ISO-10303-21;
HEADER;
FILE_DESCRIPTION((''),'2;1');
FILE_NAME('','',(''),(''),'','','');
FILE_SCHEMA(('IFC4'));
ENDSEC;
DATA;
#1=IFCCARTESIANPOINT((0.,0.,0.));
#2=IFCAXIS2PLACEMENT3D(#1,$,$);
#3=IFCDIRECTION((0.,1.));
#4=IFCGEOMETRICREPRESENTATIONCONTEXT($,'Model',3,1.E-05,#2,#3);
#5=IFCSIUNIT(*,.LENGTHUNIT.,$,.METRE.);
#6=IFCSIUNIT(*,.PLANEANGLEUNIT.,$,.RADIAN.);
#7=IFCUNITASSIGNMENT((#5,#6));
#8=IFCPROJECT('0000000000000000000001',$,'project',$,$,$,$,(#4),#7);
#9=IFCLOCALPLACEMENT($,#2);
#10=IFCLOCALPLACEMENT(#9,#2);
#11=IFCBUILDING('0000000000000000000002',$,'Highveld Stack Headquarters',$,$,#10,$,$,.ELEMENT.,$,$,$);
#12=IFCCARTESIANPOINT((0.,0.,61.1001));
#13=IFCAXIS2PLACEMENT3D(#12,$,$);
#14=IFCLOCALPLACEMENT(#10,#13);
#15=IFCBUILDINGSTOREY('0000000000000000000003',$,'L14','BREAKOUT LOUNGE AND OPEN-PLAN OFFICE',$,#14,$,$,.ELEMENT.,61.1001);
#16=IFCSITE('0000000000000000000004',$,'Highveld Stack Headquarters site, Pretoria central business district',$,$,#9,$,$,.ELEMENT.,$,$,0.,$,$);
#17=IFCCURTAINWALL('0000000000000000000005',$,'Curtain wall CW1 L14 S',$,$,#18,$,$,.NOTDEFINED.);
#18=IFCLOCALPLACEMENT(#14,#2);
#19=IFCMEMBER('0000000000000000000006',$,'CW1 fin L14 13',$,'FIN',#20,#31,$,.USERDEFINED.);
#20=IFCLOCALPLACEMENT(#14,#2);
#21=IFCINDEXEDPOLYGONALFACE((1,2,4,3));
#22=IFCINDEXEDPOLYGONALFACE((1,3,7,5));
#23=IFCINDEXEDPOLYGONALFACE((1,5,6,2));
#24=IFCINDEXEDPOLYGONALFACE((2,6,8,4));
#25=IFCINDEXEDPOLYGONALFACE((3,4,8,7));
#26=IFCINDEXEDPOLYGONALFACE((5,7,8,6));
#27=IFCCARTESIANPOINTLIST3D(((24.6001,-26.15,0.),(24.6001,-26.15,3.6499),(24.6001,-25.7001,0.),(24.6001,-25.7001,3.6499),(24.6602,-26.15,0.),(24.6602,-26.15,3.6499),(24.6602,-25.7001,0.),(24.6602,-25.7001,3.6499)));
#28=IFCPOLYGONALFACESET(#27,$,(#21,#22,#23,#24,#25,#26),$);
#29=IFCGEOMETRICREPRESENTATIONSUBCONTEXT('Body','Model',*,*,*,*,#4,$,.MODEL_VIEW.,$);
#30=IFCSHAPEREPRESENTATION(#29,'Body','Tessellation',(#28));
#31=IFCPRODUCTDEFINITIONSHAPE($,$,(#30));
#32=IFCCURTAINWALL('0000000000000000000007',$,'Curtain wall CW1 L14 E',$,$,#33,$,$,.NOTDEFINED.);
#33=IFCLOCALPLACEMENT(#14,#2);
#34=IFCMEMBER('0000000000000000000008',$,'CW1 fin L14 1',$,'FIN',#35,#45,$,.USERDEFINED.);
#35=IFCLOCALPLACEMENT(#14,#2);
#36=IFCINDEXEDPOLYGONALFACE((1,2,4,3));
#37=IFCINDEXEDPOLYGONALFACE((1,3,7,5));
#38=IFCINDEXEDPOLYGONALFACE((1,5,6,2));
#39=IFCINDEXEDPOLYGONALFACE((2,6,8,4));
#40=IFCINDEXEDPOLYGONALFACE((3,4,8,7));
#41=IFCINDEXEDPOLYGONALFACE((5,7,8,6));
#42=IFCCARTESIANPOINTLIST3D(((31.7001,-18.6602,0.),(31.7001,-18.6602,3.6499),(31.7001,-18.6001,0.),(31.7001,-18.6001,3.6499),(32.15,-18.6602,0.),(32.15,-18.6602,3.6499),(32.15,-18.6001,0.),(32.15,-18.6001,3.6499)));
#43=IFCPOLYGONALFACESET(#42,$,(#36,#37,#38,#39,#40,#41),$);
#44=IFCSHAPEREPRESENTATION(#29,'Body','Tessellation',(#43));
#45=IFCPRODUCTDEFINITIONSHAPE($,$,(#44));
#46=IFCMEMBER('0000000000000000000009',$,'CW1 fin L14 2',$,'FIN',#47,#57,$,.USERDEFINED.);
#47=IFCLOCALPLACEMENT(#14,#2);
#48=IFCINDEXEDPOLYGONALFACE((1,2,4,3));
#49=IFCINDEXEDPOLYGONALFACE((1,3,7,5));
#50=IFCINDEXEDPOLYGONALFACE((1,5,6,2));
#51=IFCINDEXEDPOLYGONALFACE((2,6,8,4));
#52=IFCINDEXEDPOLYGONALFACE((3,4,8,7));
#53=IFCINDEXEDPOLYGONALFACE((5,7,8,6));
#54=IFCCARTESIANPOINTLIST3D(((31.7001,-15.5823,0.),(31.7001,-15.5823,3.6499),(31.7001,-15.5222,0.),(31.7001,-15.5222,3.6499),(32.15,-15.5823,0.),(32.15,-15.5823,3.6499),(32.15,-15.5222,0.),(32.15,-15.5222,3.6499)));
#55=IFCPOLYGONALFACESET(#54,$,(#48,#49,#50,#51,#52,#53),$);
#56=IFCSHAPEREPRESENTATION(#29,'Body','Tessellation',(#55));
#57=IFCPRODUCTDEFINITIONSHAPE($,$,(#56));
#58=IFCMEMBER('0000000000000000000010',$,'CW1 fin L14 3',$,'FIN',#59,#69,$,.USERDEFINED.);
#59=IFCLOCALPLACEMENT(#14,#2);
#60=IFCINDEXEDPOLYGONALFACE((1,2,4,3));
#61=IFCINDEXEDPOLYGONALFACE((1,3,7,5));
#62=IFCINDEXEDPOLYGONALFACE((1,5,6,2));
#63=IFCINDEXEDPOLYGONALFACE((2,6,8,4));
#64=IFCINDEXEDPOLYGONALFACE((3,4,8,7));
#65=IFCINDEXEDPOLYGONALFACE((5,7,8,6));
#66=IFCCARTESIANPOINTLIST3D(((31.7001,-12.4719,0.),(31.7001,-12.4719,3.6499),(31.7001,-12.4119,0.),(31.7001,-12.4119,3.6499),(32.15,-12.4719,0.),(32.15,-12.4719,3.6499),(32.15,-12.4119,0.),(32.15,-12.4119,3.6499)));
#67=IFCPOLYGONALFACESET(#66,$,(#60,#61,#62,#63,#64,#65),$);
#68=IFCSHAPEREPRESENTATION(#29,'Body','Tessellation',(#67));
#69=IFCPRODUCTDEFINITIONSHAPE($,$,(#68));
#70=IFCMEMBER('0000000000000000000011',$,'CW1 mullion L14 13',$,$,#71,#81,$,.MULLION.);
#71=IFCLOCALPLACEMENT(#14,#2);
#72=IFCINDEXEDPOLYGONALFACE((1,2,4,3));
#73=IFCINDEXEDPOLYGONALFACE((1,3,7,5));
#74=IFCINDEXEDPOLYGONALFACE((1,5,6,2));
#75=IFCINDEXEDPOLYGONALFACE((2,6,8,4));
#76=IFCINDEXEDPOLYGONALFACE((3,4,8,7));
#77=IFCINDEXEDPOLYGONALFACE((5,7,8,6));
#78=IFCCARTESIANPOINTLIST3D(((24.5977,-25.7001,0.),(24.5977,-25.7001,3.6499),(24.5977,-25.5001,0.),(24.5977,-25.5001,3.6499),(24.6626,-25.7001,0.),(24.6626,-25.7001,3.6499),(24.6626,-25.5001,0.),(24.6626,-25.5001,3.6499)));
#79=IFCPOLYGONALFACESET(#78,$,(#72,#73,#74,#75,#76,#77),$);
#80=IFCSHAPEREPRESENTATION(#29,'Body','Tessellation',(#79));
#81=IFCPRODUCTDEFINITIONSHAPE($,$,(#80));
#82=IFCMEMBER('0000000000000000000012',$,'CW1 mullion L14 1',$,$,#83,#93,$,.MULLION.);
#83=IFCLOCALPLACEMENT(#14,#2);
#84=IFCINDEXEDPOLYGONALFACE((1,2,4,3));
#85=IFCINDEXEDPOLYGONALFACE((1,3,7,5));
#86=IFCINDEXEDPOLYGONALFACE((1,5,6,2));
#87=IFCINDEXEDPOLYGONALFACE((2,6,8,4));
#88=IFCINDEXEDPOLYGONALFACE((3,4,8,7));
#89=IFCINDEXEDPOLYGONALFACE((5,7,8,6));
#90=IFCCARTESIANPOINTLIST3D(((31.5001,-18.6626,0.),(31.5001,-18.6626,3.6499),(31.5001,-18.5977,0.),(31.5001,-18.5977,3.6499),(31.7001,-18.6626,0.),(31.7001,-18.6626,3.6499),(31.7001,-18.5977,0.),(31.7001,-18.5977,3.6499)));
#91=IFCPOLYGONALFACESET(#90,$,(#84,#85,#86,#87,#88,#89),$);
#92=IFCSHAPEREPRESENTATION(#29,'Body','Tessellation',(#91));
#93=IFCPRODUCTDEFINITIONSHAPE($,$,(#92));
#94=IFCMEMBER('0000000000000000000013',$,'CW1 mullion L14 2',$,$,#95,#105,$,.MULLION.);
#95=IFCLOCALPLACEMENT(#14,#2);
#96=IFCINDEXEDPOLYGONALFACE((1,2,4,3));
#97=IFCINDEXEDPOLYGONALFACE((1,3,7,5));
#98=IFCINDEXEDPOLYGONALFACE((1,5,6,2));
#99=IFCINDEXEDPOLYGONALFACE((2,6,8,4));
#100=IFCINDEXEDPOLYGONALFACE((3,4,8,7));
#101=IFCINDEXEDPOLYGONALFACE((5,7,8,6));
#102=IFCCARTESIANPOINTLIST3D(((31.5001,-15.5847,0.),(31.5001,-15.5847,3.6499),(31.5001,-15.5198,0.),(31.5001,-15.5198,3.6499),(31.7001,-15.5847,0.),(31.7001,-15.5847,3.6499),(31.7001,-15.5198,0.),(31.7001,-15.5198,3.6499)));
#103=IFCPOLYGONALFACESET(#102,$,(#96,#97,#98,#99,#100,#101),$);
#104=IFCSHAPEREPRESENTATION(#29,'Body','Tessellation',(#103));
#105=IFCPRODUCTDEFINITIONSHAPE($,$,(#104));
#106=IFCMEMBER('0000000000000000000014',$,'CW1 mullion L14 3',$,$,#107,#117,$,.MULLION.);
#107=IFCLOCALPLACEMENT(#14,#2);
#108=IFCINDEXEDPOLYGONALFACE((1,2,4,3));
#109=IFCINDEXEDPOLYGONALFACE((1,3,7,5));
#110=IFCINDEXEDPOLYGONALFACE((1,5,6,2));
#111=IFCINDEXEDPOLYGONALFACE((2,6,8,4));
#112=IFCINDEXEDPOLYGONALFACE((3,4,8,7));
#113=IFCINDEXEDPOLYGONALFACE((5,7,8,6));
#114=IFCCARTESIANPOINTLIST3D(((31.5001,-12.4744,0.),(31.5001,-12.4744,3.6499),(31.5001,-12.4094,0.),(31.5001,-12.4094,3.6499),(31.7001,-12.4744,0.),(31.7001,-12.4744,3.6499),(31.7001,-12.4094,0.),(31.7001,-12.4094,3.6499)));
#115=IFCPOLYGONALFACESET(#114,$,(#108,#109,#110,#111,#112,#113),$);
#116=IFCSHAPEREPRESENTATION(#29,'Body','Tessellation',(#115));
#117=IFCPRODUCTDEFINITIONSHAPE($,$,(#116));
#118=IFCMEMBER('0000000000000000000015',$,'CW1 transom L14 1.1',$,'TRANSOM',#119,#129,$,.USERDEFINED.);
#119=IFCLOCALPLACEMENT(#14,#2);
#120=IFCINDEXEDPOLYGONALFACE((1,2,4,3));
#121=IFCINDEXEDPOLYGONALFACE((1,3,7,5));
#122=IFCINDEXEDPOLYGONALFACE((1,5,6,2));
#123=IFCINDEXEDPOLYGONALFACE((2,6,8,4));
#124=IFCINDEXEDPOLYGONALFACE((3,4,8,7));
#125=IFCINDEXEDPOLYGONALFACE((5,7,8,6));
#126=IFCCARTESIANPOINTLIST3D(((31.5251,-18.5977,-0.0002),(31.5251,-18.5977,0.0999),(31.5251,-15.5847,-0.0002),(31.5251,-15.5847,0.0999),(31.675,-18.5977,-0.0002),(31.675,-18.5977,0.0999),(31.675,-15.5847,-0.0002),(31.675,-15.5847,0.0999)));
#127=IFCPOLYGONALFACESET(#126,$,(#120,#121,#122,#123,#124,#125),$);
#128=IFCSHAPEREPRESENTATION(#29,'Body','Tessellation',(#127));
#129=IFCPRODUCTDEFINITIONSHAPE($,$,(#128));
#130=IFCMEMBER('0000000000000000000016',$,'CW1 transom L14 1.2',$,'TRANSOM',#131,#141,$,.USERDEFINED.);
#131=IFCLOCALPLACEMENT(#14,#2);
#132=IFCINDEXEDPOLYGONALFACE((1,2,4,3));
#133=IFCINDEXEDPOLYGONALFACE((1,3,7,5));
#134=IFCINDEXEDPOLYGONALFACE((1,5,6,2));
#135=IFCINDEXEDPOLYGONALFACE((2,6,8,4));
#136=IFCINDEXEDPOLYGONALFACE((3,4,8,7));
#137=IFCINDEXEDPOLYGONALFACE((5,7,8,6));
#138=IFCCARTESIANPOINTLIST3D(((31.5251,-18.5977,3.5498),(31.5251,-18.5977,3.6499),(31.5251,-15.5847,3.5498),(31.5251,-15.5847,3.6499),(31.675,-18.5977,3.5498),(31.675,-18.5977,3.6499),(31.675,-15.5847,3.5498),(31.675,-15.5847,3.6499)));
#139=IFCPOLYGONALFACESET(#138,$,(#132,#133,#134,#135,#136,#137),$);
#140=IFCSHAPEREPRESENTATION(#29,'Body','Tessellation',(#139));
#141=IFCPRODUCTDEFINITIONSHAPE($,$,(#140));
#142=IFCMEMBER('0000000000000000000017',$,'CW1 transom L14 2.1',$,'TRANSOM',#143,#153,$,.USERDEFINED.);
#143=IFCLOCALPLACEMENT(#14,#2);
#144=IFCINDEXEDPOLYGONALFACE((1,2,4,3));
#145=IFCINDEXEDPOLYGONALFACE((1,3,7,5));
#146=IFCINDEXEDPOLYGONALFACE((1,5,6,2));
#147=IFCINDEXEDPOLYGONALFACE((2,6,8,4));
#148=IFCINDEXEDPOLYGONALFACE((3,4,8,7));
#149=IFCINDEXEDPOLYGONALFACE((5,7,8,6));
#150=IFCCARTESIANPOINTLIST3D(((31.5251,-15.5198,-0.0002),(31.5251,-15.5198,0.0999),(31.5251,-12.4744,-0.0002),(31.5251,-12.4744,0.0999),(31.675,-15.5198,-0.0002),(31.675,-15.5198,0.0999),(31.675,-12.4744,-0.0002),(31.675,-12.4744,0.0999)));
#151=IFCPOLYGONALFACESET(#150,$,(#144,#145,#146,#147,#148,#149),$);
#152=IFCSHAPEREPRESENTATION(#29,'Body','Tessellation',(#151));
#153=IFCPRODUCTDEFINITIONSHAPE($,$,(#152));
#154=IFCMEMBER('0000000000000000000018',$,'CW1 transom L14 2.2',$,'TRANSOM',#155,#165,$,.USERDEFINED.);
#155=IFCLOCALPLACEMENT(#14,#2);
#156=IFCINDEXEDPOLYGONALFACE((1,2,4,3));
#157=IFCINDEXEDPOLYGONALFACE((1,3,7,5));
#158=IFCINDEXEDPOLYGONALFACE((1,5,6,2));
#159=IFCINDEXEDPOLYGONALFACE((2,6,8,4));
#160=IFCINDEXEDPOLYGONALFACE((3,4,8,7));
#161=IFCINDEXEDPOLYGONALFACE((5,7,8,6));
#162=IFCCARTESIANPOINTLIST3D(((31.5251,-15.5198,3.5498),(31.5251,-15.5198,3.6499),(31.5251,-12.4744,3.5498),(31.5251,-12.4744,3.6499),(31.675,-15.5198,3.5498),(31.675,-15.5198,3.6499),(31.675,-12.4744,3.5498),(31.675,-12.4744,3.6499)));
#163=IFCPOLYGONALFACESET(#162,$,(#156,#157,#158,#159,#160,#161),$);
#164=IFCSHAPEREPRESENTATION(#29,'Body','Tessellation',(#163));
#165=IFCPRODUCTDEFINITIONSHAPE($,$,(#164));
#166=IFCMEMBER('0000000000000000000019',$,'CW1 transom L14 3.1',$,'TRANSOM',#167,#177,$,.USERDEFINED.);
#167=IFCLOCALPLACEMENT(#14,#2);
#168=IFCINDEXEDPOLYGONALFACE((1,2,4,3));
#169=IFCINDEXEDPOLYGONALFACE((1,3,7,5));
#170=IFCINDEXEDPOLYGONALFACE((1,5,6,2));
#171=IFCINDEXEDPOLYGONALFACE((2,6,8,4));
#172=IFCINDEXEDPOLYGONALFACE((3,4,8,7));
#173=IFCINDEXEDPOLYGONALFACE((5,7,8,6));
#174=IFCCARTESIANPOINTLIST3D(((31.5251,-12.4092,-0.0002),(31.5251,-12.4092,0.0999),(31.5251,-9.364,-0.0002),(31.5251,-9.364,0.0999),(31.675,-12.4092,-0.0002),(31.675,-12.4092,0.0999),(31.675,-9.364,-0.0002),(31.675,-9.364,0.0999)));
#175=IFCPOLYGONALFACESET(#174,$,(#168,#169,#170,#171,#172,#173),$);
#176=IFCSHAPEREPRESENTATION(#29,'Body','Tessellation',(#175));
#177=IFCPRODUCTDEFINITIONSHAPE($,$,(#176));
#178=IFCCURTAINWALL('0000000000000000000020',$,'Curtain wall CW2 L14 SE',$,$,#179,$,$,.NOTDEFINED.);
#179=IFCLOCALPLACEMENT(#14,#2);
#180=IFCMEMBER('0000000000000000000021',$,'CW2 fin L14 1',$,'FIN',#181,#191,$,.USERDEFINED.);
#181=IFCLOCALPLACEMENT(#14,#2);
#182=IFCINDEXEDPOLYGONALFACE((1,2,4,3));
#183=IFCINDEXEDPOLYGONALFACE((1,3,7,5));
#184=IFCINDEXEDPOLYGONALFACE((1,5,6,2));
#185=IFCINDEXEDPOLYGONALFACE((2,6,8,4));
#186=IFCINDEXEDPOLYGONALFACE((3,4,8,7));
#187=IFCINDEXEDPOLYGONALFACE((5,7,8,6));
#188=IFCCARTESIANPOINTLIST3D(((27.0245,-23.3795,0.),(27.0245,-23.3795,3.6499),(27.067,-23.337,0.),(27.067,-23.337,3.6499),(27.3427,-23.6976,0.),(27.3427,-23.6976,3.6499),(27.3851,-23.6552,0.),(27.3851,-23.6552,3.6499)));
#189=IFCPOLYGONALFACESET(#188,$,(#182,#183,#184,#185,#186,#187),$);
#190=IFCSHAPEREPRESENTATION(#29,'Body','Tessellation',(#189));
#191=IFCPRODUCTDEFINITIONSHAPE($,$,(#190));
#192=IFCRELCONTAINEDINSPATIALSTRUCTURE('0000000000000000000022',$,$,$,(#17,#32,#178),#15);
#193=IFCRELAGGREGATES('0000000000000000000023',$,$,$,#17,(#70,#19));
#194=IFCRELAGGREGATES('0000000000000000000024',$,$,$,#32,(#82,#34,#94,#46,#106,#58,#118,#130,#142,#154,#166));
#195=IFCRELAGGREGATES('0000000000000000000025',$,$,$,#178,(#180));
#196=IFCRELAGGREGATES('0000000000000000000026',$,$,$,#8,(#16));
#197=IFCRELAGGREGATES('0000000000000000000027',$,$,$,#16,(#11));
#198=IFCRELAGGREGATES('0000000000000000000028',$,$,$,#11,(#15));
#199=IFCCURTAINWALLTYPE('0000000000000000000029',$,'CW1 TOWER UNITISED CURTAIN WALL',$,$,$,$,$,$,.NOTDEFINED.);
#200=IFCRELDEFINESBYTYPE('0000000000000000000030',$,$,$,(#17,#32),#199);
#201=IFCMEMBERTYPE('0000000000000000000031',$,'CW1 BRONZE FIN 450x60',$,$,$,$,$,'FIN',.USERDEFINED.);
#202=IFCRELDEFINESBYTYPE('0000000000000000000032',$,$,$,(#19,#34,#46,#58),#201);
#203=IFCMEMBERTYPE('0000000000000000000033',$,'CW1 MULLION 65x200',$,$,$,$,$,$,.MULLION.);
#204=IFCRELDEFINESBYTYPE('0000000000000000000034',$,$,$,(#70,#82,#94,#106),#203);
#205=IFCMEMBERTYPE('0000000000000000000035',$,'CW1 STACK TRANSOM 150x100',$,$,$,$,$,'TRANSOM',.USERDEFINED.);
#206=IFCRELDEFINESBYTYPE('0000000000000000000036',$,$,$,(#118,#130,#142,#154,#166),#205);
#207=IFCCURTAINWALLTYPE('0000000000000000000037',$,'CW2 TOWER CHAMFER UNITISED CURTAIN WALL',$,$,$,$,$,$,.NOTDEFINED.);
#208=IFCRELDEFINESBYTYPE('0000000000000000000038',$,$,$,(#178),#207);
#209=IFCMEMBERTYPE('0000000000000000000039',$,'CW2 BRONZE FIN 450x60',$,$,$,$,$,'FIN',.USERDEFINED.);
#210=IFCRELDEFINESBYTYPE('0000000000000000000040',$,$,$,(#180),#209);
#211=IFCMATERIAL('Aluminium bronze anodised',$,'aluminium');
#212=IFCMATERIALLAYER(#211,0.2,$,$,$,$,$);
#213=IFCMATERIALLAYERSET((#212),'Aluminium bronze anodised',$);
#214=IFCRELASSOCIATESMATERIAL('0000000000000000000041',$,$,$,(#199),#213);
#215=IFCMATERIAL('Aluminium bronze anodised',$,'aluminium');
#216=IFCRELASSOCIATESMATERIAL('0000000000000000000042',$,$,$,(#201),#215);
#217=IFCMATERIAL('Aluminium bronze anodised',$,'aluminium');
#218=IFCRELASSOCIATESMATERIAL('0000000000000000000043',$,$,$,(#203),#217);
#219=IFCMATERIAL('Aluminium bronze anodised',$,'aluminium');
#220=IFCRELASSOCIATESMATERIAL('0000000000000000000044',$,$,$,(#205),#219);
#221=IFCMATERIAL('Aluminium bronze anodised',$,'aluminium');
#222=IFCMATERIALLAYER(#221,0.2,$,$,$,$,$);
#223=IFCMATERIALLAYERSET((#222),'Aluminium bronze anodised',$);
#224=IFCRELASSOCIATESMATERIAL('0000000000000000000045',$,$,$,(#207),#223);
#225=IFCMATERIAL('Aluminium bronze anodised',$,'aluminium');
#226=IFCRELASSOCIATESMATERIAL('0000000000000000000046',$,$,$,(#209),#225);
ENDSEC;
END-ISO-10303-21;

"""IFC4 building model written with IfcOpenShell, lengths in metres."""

from ifc_helpers import new_model, si_unit, direction, frame, origin, origin_2d, place, context, subcontext, project, spatial, rectangle, extrude, material, layer, layer_set, material_profile, profile_set, type_object, element, aggregate, save


model = new_model("IFC4")

# Units and contexts
model_context = context("Model", 3, precision=1e-05, world=origin(), true_north=direction((0.0, 1.0)))
body_context = subcontext(model_context, "Body", "Model", "MODEL_VIEW")
ifc_project = project(units=[si_unit("LENGTHUNIT", "METRE"), si_unit("PLANEANGLEUNIT", "RADIAN")], contexts=[model_context])

# Site, building, storey
site_placement = place(None, origin())
site = spatial("IfcSite", under=ifc_project, at=site_placement, Name="Highveld Stack Headquarters site, Pretoria central business district", CompositionType="ELEMENT", RefElevation=0.0)
building_placement = place(site_placement, origin())
building = spatial("IfcBuilding", under=site, at=building_placement, Name="Highveld Stack Headquarters", CompositionType="ELEMENT")
storey_placement = place(building_placement, frame((0.0, 0.0, 61.1001)))
storey = spatial("IfcBuildingStorey", under=building, at=storey_placement, Name="L14", Description="BREAKOUT LOUNGE AND OPEN-PLAN OFFICE", CompositionType="ELEMENT", Elevation=61.1001)

# Curtain wall, member
ifc_material_1 = material(Name="Aluminium bronze anodised", Category="aluminium")
ifc_layer_1 = layer(ifc_material_1, 0.2)
ifc_layer_set_1 = layer_set([ifc_layer_1], Name="Aluminium bronze anodised")
curtain_wall_type_1 = type_object("IfcCurtainWallType", Name="CW1 TOWER UNITISED CURTAIN WALL", PredefinedType="NOTDEFINED", material=ifc_layer_set_1)
curtain_wall_1_placement = place(storey_placement, origin())
curtain_wall_1 = element("IfcCurtainWall", 1, at=curtain_wall_1_placement, inside=storey, type_object=curtain_wall_type_1, Name="Curtain wall CW1 L14 S", PredefinedType="NOTDEFINED")
ifc_material_2 = material(Name="Aluminium bronze anodised", Category="aluminium")
ifc_material_profile_1 = material_profile(ifc_material_2, rectangle(XDim=0.45, YDim=0.0601, at=origin_2d()), Name="FIN 450x60")
ifc_profile_set_1 = profile_set([ifc_material_profile_1], Name="Aluminium bronze anodised")
member_type_1 = type_object("IfcMemberType", Name="CW1 BRONZE FIN 450x60", ElementType="FIN", PredefinedType="USERDEFINED", material=ifc_profile_set_1)
member_1_placement = place(storey_placement, frame((24.6301, -25.925, 0.0), z_axis=(0.0, 0.0, 1.0), x_axis=(0.0, 1.0, 0.0)))
member_1 = element("IfcMember", 2, at=member_1_placement, type_object=member_type_1, Name="CW1 fin L14 13", ObjectType="FIN", PredefinedType="USERDEFINED", context=body_context, shape_type="SweptSolid", body=[
    extrude(rectangle(XDim=0.45, YDim=0.0601, at=origin_2d()), origin(), (0.0, 0.0, 1.0), 3.6499),
])

# Curtain wall, members
curtain_wall_2_placement = place(storey_placement, origin())
curtain_wall_2 = element("IfcCurtainWall", 3, at=curtain_wall_2_placement, inside=storey, type_object=curtain_wall_type_1, Name="Curtain wall CW1 L14 E", PredefinedType="NOTDEFINED")
member_2_placement = place(storey_placement, frame((31.925, -18.6301, 0.0), z_axis=(0.0, 0.0, 1.0), x_axis=(-1.0, 0.0, 0.0)))
member_2 = element("IfcMember", 4, at=member_2_placement, type_object=member_type_1, Name="CW1 fin L14 1", ObjectType="FIN", PredefinedType="USERDEFINED", context=body_context, shape_type="SweptSolid", body=[
    extrude(rectangle(XDim=0.45, YDim=0.0601, at=origin_2d()), origin(), (0.0, 0.0, 1.0), 3.6499),
])
member_3_placement = place(storey_placement, frame((31.925, -15.5522, 0.0), z_axis=(0.0, 0.0, 1.0), x_axis=(-1.0, 0.0, 0.0)))
member_3 = element("IfcMember", 5, at=member_3_placement, type_object=member_type_1, Name="CW1 fin L14 2", ObjectType="FIN", PredefinedType="USERDEFINED", context=body_context, shape_type="SweptSolid", body=[
    extrude(rectangle(XDim=0.45, YDim=0.0601, at=origin_2d()), origin(), (0.0, 0.0, 1.0), 3.6499),
])
member_4_placement = place(storey_placement, frame((31.925, -12.4419, 0.0), z_axis=(0.0, 0.0, 1.0), x_axis=(-1.0, 0.0, 0.0)))
member_4 = element("IfcMember", 6, at=member_4_placement, type_object=member_type_1, Name="CW1 fin L14 3", ObjectType="FIN", PredefinedType="USERDEFINED", context=body_context, shape_type="SweptSolid", body=[
    extrude(rectangle(XDim=0.45, YDim=0.0601, at=origin_2d()), origin(), (0.0, 0.0, 1.0), 3.6499),
])

# Members
ifc_material_3 = material(Name="Aluminium bronze anodised", Category="aluminium")
ifc_material_profile_2 = material_profile(ifc_material_3, rectangle(XDim=0.2, YDim=0.0649, at=origin_2d()), Name="CW1 MULLION 65x200")
ifc_profile_set_2 = profile_set([ifc_material_profile_2], Name="Aluminium bronze anodised")
member_type_2 = type_object("IfcMemberType", Name="CW1 MULLION 65x200", PredefinedType="MULLION", material=ifc_profile_set_2)
member_5_placement = place(storey_placement, frame((24.6301, -25.6001, 0.0), z_axis=(0.0, 0.0, 1.0), x_axis=(0.0, 1.0, 0.0)))
member_5 = element("IfcMember", 7, at=member_5_placement, type_object=member_type_2, Name="CW1 mullion L14 13", PredefinedType="MULLION", context=body_context, shape_type="SweptSolid", body=[
    extrude(rectangle(XDim=0.2, YDim=0.0649, at=origin_2d()), origin(), (0.0, 0.0, 1.0), 3.6499),
])
aggregate(curtain_wall_1, [member_5, member_1])
member_6_placement = place(storey_placement, frame((31.6001, -18.6301, 0.0), z_axis=(0.0, 0.0, 1.0), x_axis=(-1.0, 0.0, 0.0)))
member_6 = element("IfcMember", 8, at=member_6_placement, type_object=member_type_2, Name="CW1 mullion L14 1", PredefinedType="MULLION", context=body_context, shape_type="SweptSolid", body=[
    extrude(rectangle(XDim=0.2, YDim=0.0649, at=origin_2d()), origin(), (0.0, 0.0, 1.0), 3.6499),
])
member_7_placement = place(storey_placement, frame((31.6001, -15.5522, 0.0), z_axis=(0.0, 0.0, 1.0), x_axis=(-1.0, 0.0, 0.0)))
member_7 = element("IfcMember", 9, at=member_7_placement, type_object=member_type_2, Name="CW1 mullion L14 2", PredefinedType="MULLION", context=body_context, shape_type="SweptSolid", body=[
    extrude(rectangle(XDim=0.2, YDim=0.0649, at=origin_2d()), origin(), (0.0, 0.0, 1.0), 3.6499),
])
member_8_placement = place(storey_placement, frame((31.6001, -12.4419, 0.0), z_axis=(0.0, 0.0, 1.0), x_axis=(-1.0, 0.0, 0.0)))
member_8 = element("IfcMember", 10, at=member_8_placement, type_object=member_type_2, Name="CW1 mullion L14 3", PredefinedType="MULLION", context=body_context, shape_type="SweptSolid", body=[
    extrude(rectangle(XDim=0.2, YDim=0.0649, at=origin_2d()), origin(), (0.0, 0.0, 1.0), 3.6499),
])
ifc_material_4 = material(Name="Aluminium bronze anodised", Category="aluminium")
ifc_material_profile_3 = material_profile(ifc_material_4, rectangle(XDim=0.1499, YDim=0.1001, at=origin_2d()), Name="CW1 TRANSOM 150x100")
ifc_profile_set_3 = profile_set([ifc_material_profile_3], Name="Aluminium bronze anodised")
member_type_3 = type_object("IfcMemberType", Name="CW1 STACK TRANSOM 150x100", ElementType="TRANSOM", PredefinedType="USERDEFINED", material=ifc_profile_set_3)
member_9_placement = place(storey_placement, frame((31.6001, -18.5977, 0.0498), z_axis=(0.0, 1.0, 0.0), x_axis=(-1.0, 0.0, 0.0)))
member_9 = element("IfcMember", 11, at=member_9_placement, type_object=member_type_3, Name="CW1 transom L14 1.1", ObjectType="TRANSOM", PredefinedType="USERDEFINED", context=body_context, shape_type="SweptSolid", body=[
    extrude(rectangle(XDim=0.1499, YDim=0.1001, at=origin_2d()), origin(), (0.0, 0.0, 1.0), 3.0129),
])
member_10_placement = place(storey_placement, frame((31.6001, -18.5977, 3.5999), z_axis=(0.0, 1.0, 0.0), x_axis=(-1.0, 0.0, 0.0)))
member_10 = element("IfcMember", 12, at=member_10_placement, type_object=member_type_3, Name="CW1 transom L14 1.2", ObjectType="TRANSOM", PredefinedType="USERDEFINED", context=body_context, shape_type="SweptSolid", body=[
    extrude(rectangle(XDim=0.1499, YDim=0.1001, at=origin_2d()), origin(), (0.0, 0.0, 1.0), 3.0129),
])
member_11_placement = place(storey_placement, frame((31.6001, -15.5198, 0.0498), z_axis=(0.0, 1.0, 0.0), x_axis=(-1.0, 0.0, 0.0)))
member_11 = element("IfcMember", 13, at=member_11_placement, type_object=member_type_3, Name="CW1 transom L14 2.1", ObjectType="TRANSOM", PredefinedType="USERDEFINED", context=body_context, shape_type="SweptSolid", body=[
    extrude(rectangle(XDim=0.1499, YDim=0.1001, at=origin_2d()), origin(), (0.0, 0.0, 1.0), 3.0454),
])
member_12_placement = place(storey_placement, frame((31.6001, -15.5198, 3.5999), z_axis=(0.0, 1.0, 0.0), x_axis=(-1.0, 0.0, 0.0)))
member_12 = element("IfcMember", 14, at=member_12_placement, type_object=member_type_3, Name="CW1 transom L14 2.2", ObjectType="TRANSOM", PredefinedType="USERDEFINED", context=body_context, shape_type="SweptSolid", body=[
    extrude(rectangle(XDim=0.1499, YDim=0.1001, at=origin_2d()), origin(), (0.0, 0.0, 1.0), 3.0454),
])
member_13_placement = place(storey_placement, frame((31.6001, -12.4092, 0.0498), z_axis=(0.0, 1.0, 0.0), x_axis=(-1.0, 0.0, 0.0)))
member_13 = element("IfcMember", 15, at=member_13_placement, type_object=member_type_3, Name="CW1 transom L14 3.1", ObjectType="TRANSOM", PredefinedType="USERDEFINED", context=body_context, shape_type="SweptSolid", body=[
    extrude(rectangle(XDim=0.1499, YDim=0.1001, at=origin_2d()), origin(), (0.0, 0.0, 1.0), 3.0452),
])

# Curtain wall, member
ifc_material_5 = material(Name="Aluminium bronze anodised", Category="aluminium")
ifc_layer_2 = layer(ifc_material_5, 0.2)
ifc_layer_set_2 = layer_set([ifc_layer_2], Name="Aluminium bronze anodised")
curtain_wall_type_2 = type_object("IfcCurtainWallType", Name="CW2 TOWER CHAMFER UNITISED CURTAIN WALL", PredefinedType="NOTDEFINED", material=ifc_layer_set_2)
curtain_wall_3_placement = place(storey_placement, origin())
curtain_wall_3 = element("IfcCurtainWall", 16, at=curtain_wall_3_placement, inside=storey, type_object=curtain_wall_type_2, Name="Curtain wall CW2 L14 SE", PredefinedType="NOTDEFINED")
ifc_material_6 = material(Name="Aluminium bronze anodised", Category="aluminium")
ifc_material_profile_4 = material_profile(ifc_material_6, rectangle(XDim=0.45, YDim=0.0601, at=origin_2d()), Name="FIN 450x60")
ifc_profile_set_4 = profile_set([ifc_material_profile_4], Name="Aluminium bronze anodised")
member_type_4 = type_object("IfcMemberType", Name="CW2 BRONZE FIN 450x60", ElementType="FIN", PredefinedType="USERDEFINED", material=ifc_profile_set_4)
member_14_placement = place(storey_placement, frame((27.2048, -23.5173, 0.0), z_axis=(0.0, 0.0, 1.0), x_axis=(-0.707107, 0.707107, 0.0)))
member_14 = element("IfcMember", 17, at=member_14_placement, type_object=member_type_4, Name="CW2 fin L14 1", ObjectType="FIN", PredefinedType="USERDEFINED", context=body_context, shape_type="SweptSolid", body=[
    extrude(rectangle(XDim=0.45, YDim=0.0601, at=origin_2d()), origin(), (0.0, 0.0, 1.0), 3.6499),
])

aggregate(curtain_wall_2, [member_6, member_2, member_7, member_3, member_8, member_4, member_9, member_10, member_11, member_12, member_13])
aggregate(curtain_wall_3, [member_14])

save(model, "model.ifc")
